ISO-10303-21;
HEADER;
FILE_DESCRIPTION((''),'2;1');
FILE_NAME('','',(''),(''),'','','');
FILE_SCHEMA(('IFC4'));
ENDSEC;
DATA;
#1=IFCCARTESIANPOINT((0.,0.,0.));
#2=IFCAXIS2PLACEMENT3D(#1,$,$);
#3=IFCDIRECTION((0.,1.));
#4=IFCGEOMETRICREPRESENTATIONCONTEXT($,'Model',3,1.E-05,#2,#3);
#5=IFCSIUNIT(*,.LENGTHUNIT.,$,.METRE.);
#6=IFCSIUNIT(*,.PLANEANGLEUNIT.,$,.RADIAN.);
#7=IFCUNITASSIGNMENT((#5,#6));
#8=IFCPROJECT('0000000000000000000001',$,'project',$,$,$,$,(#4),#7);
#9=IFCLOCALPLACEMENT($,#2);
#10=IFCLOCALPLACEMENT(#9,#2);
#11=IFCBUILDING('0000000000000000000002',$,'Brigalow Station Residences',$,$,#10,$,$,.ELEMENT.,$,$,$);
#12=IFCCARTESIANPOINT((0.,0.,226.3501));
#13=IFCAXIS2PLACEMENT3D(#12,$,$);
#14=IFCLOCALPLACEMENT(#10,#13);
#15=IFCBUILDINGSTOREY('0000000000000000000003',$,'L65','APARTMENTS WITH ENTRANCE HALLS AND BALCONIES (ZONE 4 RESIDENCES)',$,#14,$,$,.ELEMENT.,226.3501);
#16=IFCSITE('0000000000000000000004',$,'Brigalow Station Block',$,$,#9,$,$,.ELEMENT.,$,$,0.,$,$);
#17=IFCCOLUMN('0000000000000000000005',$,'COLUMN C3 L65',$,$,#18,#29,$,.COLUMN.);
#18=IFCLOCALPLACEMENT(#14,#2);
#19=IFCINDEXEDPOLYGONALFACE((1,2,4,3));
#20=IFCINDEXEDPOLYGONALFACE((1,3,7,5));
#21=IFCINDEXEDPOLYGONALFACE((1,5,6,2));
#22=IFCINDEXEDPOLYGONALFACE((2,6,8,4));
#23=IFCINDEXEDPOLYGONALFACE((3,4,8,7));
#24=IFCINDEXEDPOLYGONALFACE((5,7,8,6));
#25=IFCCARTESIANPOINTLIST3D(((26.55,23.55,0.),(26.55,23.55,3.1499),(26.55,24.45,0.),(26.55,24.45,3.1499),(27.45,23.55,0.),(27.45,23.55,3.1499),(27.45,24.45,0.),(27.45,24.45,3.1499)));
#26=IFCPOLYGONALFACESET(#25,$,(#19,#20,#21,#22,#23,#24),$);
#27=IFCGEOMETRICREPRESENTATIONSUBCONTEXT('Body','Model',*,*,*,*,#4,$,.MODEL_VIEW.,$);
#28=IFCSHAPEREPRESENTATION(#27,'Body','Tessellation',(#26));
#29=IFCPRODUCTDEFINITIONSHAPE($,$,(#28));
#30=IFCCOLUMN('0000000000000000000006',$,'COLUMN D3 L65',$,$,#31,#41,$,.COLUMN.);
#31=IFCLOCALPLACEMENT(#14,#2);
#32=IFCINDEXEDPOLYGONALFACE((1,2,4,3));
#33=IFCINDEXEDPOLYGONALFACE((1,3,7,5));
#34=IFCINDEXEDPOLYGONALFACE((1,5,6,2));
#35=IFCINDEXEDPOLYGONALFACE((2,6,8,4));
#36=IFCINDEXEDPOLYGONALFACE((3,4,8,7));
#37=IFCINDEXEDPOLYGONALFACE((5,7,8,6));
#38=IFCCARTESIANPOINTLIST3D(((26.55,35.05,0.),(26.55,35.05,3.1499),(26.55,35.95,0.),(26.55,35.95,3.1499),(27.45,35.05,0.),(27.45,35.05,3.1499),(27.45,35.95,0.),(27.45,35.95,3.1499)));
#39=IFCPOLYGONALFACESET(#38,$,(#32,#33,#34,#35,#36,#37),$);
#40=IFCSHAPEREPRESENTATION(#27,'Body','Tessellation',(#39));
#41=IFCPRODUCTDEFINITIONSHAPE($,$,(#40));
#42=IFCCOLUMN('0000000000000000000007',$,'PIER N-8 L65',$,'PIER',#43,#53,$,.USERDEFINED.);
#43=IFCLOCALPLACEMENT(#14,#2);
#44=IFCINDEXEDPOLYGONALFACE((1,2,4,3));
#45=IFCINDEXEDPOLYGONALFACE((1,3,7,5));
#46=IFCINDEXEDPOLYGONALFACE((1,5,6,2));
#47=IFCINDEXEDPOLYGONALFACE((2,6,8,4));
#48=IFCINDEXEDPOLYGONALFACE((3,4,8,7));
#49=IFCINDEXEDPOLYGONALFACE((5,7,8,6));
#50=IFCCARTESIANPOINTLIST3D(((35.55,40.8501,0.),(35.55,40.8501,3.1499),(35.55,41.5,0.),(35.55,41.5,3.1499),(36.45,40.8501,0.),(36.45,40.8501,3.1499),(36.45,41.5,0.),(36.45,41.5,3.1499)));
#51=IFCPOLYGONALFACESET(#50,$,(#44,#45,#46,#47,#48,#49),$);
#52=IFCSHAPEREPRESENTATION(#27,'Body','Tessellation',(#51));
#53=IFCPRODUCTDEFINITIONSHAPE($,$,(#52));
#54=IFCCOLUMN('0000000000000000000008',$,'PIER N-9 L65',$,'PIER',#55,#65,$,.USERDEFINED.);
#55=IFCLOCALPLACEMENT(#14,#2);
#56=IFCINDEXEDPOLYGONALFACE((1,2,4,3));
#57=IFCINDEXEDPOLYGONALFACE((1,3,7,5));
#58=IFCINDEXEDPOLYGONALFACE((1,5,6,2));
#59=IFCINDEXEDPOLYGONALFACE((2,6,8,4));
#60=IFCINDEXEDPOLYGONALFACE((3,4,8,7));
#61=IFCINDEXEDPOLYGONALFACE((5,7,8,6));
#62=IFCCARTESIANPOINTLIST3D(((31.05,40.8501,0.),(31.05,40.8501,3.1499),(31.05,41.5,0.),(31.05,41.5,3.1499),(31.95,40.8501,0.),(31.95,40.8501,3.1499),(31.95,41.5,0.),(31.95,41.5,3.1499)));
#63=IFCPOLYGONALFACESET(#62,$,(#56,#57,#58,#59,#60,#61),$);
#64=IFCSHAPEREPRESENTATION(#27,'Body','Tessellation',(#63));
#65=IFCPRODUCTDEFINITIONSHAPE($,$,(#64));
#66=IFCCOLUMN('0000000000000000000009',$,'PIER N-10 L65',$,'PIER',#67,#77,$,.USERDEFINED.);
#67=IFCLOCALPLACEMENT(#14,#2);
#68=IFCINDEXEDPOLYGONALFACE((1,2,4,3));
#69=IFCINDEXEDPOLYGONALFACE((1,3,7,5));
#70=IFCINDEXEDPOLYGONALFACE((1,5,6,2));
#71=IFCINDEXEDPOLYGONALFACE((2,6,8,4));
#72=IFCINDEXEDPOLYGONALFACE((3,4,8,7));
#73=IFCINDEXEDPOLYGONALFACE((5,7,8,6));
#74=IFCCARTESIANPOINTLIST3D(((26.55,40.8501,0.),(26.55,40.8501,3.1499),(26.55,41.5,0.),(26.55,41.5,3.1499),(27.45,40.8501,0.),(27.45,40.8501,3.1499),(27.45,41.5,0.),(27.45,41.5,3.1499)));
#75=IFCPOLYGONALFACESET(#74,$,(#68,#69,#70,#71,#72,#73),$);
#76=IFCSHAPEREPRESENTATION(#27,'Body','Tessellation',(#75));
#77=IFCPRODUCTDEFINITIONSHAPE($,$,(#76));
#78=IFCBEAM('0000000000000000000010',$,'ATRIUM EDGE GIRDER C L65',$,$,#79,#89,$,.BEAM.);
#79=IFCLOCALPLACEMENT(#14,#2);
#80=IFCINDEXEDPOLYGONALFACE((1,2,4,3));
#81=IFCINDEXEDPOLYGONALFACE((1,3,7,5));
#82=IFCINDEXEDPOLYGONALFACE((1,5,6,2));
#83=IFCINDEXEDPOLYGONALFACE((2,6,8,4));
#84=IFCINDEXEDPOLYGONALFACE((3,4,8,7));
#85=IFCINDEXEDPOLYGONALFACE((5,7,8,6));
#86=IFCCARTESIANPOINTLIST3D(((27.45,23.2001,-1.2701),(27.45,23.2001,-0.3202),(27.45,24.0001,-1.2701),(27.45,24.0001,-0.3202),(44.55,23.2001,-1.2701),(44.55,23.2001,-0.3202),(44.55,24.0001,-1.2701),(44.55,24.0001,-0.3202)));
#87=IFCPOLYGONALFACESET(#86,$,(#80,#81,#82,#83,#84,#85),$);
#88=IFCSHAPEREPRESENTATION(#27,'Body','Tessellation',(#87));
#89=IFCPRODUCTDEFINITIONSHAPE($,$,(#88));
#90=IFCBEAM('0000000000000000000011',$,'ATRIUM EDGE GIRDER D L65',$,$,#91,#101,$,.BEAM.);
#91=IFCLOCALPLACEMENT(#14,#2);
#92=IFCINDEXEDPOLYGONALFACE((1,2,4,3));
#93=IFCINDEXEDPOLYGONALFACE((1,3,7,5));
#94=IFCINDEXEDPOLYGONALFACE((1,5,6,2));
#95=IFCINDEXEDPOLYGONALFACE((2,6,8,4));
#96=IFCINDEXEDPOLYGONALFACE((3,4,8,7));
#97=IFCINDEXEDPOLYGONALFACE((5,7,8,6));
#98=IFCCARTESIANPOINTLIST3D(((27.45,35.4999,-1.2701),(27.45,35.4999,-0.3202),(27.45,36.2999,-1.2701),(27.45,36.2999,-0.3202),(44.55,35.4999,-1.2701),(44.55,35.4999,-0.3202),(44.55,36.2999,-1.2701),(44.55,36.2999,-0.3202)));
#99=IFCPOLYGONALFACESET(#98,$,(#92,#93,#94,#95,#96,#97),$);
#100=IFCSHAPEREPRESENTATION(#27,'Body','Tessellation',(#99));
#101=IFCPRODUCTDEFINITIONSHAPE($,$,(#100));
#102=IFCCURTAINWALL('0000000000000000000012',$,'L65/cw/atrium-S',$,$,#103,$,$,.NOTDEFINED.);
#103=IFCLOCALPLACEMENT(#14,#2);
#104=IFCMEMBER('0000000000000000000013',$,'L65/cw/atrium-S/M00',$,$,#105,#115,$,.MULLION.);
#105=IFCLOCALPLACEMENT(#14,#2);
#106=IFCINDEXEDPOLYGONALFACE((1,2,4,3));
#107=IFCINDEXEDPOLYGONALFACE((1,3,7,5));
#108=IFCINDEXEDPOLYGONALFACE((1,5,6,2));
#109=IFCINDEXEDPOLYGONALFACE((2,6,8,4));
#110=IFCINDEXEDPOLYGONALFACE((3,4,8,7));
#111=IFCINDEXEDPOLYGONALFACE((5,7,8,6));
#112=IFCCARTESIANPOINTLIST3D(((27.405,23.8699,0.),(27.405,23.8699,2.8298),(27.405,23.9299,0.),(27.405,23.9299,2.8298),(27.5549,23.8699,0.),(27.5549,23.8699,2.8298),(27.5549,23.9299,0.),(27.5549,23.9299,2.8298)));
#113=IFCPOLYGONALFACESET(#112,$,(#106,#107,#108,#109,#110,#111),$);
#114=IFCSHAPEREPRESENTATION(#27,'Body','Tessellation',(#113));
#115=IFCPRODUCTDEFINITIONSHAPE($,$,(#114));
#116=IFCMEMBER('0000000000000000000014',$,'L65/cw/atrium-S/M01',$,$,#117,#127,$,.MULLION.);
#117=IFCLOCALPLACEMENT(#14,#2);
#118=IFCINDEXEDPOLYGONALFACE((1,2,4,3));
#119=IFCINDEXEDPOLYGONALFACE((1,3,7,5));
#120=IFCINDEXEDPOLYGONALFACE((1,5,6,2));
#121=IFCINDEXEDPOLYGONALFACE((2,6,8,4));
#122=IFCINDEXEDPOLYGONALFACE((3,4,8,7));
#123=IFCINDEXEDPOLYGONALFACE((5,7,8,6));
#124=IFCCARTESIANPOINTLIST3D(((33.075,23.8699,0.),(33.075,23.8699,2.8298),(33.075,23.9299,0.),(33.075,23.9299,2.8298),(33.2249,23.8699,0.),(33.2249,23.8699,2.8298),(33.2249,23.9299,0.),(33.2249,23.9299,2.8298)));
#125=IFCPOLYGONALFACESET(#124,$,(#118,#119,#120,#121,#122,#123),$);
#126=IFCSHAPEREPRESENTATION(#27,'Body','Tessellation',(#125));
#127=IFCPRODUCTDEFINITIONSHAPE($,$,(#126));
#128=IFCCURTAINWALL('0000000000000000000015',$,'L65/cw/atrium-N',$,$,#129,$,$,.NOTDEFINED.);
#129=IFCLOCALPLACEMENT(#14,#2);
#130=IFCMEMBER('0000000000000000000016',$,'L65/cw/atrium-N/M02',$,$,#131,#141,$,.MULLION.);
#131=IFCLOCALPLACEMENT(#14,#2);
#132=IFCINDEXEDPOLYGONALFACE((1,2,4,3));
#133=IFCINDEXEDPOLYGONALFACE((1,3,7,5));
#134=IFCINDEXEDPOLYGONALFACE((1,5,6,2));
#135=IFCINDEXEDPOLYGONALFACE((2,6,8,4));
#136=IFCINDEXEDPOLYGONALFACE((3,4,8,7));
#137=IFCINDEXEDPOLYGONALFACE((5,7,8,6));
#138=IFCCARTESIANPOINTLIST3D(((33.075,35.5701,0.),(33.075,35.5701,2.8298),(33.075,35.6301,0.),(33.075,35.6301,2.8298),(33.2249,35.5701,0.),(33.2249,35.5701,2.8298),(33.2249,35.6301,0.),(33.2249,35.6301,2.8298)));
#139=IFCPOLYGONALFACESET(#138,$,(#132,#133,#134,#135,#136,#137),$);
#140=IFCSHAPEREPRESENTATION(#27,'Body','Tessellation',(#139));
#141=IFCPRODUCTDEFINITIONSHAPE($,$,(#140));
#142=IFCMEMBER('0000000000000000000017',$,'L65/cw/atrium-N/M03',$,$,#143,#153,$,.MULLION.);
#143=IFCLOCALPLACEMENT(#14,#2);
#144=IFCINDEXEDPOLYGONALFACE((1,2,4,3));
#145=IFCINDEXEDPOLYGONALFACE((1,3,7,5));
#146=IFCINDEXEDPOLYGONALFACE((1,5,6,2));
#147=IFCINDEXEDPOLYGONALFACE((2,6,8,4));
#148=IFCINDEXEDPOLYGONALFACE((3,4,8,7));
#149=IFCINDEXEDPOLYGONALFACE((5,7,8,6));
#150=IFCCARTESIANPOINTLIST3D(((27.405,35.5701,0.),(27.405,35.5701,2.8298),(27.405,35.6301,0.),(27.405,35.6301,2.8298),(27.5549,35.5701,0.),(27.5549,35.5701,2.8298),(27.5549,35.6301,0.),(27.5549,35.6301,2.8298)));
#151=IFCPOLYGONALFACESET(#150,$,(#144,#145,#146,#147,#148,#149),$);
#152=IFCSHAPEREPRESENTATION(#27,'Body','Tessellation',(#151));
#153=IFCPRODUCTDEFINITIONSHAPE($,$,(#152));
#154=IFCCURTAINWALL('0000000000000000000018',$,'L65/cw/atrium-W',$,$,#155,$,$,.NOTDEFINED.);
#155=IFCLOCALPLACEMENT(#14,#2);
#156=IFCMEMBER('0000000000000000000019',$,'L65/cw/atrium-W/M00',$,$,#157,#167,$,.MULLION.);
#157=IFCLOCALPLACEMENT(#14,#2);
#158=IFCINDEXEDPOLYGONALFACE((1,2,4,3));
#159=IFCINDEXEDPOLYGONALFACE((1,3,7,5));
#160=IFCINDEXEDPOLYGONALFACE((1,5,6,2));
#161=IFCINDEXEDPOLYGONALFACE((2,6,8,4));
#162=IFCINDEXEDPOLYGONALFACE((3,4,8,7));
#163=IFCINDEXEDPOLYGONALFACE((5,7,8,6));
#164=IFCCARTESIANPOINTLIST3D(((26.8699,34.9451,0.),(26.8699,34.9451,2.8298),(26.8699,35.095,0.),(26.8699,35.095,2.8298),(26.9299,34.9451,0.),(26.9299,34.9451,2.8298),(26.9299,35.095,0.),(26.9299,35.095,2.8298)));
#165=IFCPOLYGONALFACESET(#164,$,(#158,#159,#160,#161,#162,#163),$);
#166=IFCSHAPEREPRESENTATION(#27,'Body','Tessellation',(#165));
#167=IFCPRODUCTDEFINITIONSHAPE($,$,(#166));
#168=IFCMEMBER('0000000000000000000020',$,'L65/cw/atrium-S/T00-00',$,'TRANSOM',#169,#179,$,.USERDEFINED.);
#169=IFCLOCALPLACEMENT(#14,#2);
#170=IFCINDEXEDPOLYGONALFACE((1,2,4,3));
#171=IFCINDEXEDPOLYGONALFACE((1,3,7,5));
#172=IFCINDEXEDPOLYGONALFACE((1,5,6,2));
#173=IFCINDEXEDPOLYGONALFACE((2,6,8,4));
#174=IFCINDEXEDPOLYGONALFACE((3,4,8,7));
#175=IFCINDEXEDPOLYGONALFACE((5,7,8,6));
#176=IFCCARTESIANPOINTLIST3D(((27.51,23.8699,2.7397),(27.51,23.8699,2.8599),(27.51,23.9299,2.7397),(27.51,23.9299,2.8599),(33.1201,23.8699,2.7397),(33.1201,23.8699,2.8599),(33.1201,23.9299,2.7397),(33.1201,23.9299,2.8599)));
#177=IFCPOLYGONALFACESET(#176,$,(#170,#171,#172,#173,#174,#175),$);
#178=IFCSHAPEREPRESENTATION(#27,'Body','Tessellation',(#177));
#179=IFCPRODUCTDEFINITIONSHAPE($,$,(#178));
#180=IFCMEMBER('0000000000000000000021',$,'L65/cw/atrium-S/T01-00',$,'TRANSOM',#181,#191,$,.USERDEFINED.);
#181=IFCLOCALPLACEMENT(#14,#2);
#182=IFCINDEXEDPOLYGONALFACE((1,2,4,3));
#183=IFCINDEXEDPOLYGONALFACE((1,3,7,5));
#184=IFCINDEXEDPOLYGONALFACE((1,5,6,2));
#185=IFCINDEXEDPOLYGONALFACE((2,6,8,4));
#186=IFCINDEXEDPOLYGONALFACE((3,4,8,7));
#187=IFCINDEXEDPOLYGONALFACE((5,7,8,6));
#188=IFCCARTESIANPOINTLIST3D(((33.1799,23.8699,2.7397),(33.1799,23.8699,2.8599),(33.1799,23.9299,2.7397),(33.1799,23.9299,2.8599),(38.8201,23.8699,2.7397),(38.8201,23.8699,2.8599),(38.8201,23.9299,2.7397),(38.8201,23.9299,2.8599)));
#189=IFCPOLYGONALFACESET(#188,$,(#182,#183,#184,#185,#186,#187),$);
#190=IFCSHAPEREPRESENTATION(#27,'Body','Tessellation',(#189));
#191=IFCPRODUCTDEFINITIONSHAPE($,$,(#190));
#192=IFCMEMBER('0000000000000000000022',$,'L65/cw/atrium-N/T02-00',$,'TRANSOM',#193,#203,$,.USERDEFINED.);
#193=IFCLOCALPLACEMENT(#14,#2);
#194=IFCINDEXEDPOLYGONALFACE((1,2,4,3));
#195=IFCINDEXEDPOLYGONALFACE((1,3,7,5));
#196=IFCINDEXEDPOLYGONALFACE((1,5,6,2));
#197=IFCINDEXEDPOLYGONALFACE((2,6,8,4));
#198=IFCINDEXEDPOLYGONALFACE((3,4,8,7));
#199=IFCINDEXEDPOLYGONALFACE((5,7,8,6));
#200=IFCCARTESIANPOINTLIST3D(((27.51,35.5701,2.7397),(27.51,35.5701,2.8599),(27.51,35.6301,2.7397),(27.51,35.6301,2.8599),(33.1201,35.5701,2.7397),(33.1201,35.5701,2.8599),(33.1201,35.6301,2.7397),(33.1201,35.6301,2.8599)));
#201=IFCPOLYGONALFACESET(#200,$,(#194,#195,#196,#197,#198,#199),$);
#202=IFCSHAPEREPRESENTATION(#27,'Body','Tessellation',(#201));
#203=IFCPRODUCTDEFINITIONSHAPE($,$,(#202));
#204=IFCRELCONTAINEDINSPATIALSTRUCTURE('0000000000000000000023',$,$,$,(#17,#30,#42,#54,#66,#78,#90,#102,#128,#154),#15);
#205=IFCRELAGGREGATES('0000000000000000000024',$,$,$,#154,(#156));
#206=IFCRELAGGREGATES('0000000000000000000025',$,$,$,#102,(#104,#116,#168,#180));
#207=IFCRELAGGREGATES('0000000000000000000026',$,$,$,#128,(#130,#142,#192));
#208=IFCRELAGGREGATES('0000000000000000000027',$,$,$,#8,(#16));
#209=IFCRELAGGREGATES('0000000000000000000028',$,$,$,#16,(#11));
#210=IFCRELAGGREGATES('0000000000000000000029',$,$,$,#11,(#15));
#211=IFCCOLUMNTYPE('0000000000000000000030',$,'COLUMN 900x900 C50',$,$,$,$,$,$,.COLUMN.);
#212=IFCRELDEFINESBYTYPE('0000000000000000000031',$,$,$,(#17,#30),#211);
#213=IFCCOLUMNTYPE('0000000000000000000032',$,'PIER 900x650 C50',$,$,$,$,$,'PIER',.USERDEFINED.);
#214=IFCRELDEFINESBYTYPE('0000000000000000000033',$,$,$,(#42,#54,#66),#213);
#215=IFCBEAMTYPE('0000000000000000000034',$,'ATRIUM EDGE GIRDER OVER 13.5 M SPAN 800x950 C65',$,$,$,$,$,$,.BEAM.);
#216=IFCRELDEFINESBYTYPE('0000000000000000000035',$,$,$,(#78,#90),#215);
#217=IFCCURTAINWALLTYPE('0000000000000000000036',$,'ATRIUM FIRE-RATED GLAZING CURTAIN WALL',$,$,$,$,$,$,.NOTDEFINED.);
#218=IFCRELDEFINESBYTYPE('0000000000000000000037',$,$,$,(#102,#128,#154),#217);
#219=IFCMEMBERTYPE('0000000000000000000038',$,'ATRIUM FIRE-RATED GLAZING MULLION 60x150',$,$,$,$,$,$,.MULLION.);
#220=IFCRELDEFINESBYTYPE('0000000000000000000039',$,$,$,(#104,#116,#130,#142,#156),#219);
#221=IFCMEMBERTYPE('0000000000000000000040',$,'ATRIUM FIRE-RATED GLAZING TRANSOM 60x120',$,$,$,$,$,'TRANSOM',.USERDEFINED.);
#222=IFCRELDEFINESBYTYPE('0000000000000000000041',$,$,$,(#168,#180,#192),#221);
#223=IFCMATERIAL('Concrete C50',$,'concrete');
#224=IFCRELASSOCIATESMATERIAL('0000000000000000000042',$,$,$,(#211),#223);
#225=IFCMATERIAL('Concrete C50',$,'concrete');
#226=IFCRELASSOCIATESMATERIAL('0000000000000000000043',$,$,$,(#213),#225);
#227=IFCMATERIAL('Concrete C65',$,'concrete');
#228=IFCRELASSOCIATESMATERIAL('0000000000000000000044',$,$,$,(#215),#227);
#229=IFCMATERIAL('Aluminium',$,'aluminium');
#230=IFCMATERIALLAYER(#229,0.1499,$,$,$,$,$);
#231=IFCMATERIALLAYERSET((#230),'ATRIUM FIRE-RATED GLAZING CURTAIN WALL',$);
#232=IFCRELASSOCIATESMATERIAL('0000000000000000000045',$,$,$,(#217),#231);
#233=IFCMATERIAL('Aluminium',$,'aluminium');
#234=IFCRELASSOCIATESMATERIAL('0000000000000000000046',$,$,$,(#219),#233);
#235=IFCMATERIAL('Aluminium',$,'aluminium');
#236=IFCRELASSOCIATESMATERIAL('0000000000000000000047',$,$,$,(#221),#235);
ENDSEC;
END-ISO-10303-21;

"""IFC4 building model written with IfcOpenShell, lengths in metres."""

from ifc_helpers import new_model, si_unit, direction, frame, origin, origin_2d, place, context, subcontext, project, spatial, rectangle, extrude, material, layer, layer_set, material_profile, profile_set, type_object, element, aggregate, save


model = new_model("IFC4")

# Units and contexts
model_context = context("Model", 3, precision=1e-05, world=origin(), true_north=direction((0.0, 1.0)))
body_context = subcontext(model_context, "Body", "Model", "MODEL_VIEW")
ifc_project = project(units=[si_unit("LENGTHUNIT", "METRE"), si_unit("PLANEANGLEUNIT", "RADIAN")], contexts=[model_context])

# Site, building, storey
site_placement = place(None, origin())
site = spatial("IfcSite", under=ifc_project, at=site_placement, Name="Brigalow Station Block", CompositionType="ELEMENT", RefElevation=0.0)
building_placement = place(site_placement, origin())
building = spatial("IfcBuilding", under=site, at=building_placement, Name="Brigalow Station Residences", CompositionType="ELEMENT")
storey_placement = place(building_placement, frame((0.0, 0.0, 226.3501)))
storey = spatial("IfcBuildingStorey", under=building, at=storey_placement, Name="L65", Description="APARTMENTS WITH ENTRANCE HALLS AND BALCONIES (ZONE 4 RESIDENCES)", CompositionType="ELEMENT", Elevation=226.3501)

# Columns
ifc_material_1 = material(Name="Concrete C50", Category="concrete")
ifc_material_profile_1 = material_profile(ifc_material_1, rectangle(XDim=0.8999, YDim=0.8999, at=origin_2d()), Name="RC900x900")
ifc_profile_set_1 = profile_set([ifc_material_profile_1], Name="Concrete C50")
column_type_1 = type_object("IfcColumnType", Name="COLUMN 900x900 C50", PredefinedType="COLUMN", material=ifc_profile_set_1)
for number, where, z_axis, x_axis, name in (
    (1, (27.0, 24.0, 0.0), (0.0, 0.0, 1.0), (1.0, 0.0, 0.0), "COLUMN C3 L65"),
    (2, (27.0, 35.5, 0.0), (0.0, 0.0, 1.0), (1.0, 0.0, 0.0), "COLUMN D3 L65"),
):
    element("IfcColumn", number, at=place(storey_placement, frame(where, z_axis=z_axis, x_axis=x_axis)), inside=storey, type_object=column_type_1, Name=name, PredefinedType="COLUMN", context=body_context, shape_type="SweptSolid", body=[
        extrude(rectangle(XDim=0.8999, YDim=0.8999, at=origin_2d()), origin(), (0.0, 0.0, 1.0), 3.1499),
    ])
ifc_material_2 = material(Name="Concrete C50", Category="concrete")
ifc_material_profile_2 = material_profile(ifc_material_2, rectangle(XDim=0.8999, YDim=0.6499, at=origin_2d()), Name="RC900x650")
ifc_profile_set_2 = profile_set([ifc_material_profile_2], Name="Concrete C50")
column_type_2 = type_object("IfcColumnType", Name="PIER 900x650 C50", ElementType="PIER", PredefinedType="USERDEFINED", material=ifc_profile_set_2)
for number, where, z_axis, x_axis, name in (
    (3, (36.0, 41.175, 0.0), (0.0, 0.0, 1.0), (-1.0, 0.0, 0.0), "PIER N-8 L65"),
    (4, (31.5, 41.175, 0.0), (0.0, 0.0, 1.0), (-1.0, 0.0, 0.0), "PIER N-9 L65"),
    (5, (27.0, 41.175, 0.0), (0.0, 0.0, 1.0), (-1.0, 0.0, 0.0), "PIER N-10 L65"),
):
    element("IfcColumn", number, at=place(storey_placement, frame(where, z_axis=z_axis, x_axis=x_axis)), inside=storey, type_object=column_type_2, Name=name, ObjectType="PIER", PredefinedType="USERDEFINED", context=body_context, shape_type="SweptSolid", body=[
        extrude(rectangle(XDim=0.8999, YDim=0.6499, at=origin_2d()), origin(), (0.0, 0.0, 1.0), 3.1499),
    ])

# Beams
ifc_material_3 = material(Name="Concrete C65", Category="concrete")
ifc_material_profile_3 = material_profile(ifc_material_3, rectangle(XDim=0.8, YDim=0.95, at=origin_2d()), Name="RC800x950")
ifc_profile_set_3 = profile_set([ifc_material_profile_3], Name="Concrete C65")
beam_type = type_object("IfcBeamType", Name="ATRIUM EDGE GIRDER OVER 13.5 M SPAN 800x950 C65", PredefinedType="BEAM", material=ifc_profile_set_3)
for number, where, z_axis, x_axis, name in (
    (6, (27.45, 23.6001, -0.7952), (1.0, 0.0, 0.0), (0.0, 1.0, 0.0), "ATRIUM EDGE GIRDER C L65"),
    (7, (27.45, 35.8999, -0.7952), (1.0, 0.0, 0.0), (0.0, 1.0, 0.0), "ATRIUM EDGE GIRDER D L65"),
):
    element("IfcBeam", number, at=place(storey_placement, frame(where, z_axis=z_axis, x_axis=x_axis)), inside=storey, type_object=beam_type, Name=name, PredefinedType="BEAM", context=body_context, shape_type="SweptSolid", body=[
        extrude(rectangle(XDim=0.8, YDim=0.95, at=origin_2d()), origin(), (0.0, 0.0, 1.0), 17.1001),
    ])

# Curtain walls, members
ifc_material_4 = material(Name="Aluminium", Category="aluminium")
ifc_layer_1 = layer(ifc_material_4, 0.1499)
ifc_layer_set_1 = layer_set([ifc_layer_1], Name="ATRIUM FIRE-RATED GLAZING CURTAIN WALL")
curtain_wall_type = type_object("IfcCurtainWallType", Name="ATRIUM FIRE-RATED GLAZING CURTAIN WALL", PredefinedType="NOTDEFINED", material=ifc_layer_set_1)
curtain_wall_1_placement = place(storey_placement, origin())
curtain_wall_1 = element("IfcCurtainWall", 8, at=curtain_wall_1_placement, inside=storey, type_object=curtain_wall_type, Name="L65/cw/atrium-S", PredefinedType="NOTDEFINED")
ifc_material_5 = material(Name="Aluminium", Category="aluminium")
ifc_material_profile_4 = material_profile(ifc_material_5, rectangle(XDim=0.0601, YDim=0.1499, at=origin_2d()), Name="ATRIUM FIRE-RATED GLAZING MULLION 60x150")
ifc_profile_set_4 = profile_set([ifc_material_profile_4], Name="Aluminium")
member_type_1 = type_object("IfcMemberType", Name="ATRIUM FIRE-RATED GLAZING MULLION 60x150", PredefinedType="MULLION", material=ifc_profile_set_4)
member_1_placement = place(storey_placement, frame((27.48, 23.8999, 0.0), z_axis=(0.0, 0.0, 1.0), x_axis=(0.0, 1.0, 0.0)))
member_1 = element("IfcMember", 9, at=member_1_placement, type_object=member_type_1, Name="L65/cw/atrium-S/M00", PredefinedType="MULLION", context=body_context, shape_type="SweptSolid", body=[
    extrude(rectangle(XDim=0.0601, YDim=0.1499, at=origin_2d()), origin(), (0.0, 0.0, 1.0), 2.8298),
])
member_2_placement = place(storey_placement, frame((33.1499, 23.8999, 0.0), z_axis=(0.0, 0.0, 1.0), x_axis=(0.0, 1.0, 0.0)))
member_2 = element("IfcMember", 10, at=member_2_placement, type_object=member_type_1, Name="L65/cw/atrium-S/M01", PredefinedType="MULLION", context=body_context, shape_type="SweptSolid", body=[
    extrude(rectangle(XDim=0.0601, YDim=0.1499, at=origin_2d()), origin(), (0.0, 0.0, 1.0), 2.8298),
])
curtain_wall_2_placement = place(storey_placement, origin())
curtain_wall_2 = element("IfcCurtainWall", 11, at=curtain_wall_2_placement, inside=storey, type_object=curtain_wall_type, Name="L65/cw/atrium-N", PredefinedType="NOTDEFINED")
member_3_placement = place(storey_placement, frame((33.1499, 35.6001, 0.0), z_axis=(0.0, 0.0, 1.0), x_axis=(0.0, -1.0, 0.0)))
member_3 = element("IfcMember", 12, at=member_3_placement, type_object=member_type_1, Name="L65/cw/atrium-N/M02", PredefinedType="MULLION", context=body_context, shape_type="SweptSolid", body=[
    extrude(rectangle(XDim=0.0601, YDim=0.1499, at=origin_2d()), origin(), (0.0, 0.0, 1.0), 2.8298),
])
member_4_placement = place(storey_placement, frame((27.48, 35.6001, 0.0), z_axis=(0.0, 0.0, 1.0), x_axis=(0.0, -1.0, 0.0)))
member_4 = element("IfcMember", 13, at=member_4_placement, type_object=member_type_1, Name="L65/cw/atrium-N/M03", PredefinedType="MULLION", context=body_context, shape_type="SweptSolid", body=[
    extrude(rectangle(XDim=0.0601, YDim=0.1499, at=origin_2d()), origin(), (0.0, 0.0, 1.0), 2.8298),
])

# Curtain wall, member
curtain_wall_3_placement = place(storey_placement, origin())
curtain_wall_3 = element("IfcCurtainWall", 14, at=curtain_wall_3_placement, inside=storey, type_object=curtain_wall_type, Name="L65/cw/atrium-W", PredefinedType="NOTDEFINED")
member_5_placement = place(storey_placement, frame((26.8999, 35.02, 0.0), z_axis=(0.0, 0.0, 1.0), x_axis=(1.0, 0.0, 0.0)))
member_5 = element("IfcMember", 15, at=member_5_placement, type_object=member_type_1, Name="L65/cw/atrium-W/M00", PredefinedType="MULLION", context=body_context, shape_type="SweptSolid", body=[
    extrude(rectangle(XDim=0.0601, YDim=0.1499, at=origin_2d()), origin(), (0.0, 0.0, 1.0), 2.8298),
])
aggregate(curtain_wall_3, [member_5])

# Members
ifc_material_6 = material(Name="Aluminium", Category="aluminium")
ifc_material_profile_5 = material_profile(ifc_material_6, rectangle(XDim=0.0601, YDim=0.1201, at=origin_2d()), Name="ATRIUM FIRE-RATED GLAZING TRANSOM 60x120")
ifc_profile_set_5 = profile_set([ifc_material_profile_5], Name="Aluminium")
member_type_2 = type_object("IfcMemberType", Name="ATRIUM FIRE-RATED GLAZING TRANSOM 60x120", ElementType="TRANSOM", PredefinedType="USERDEFINED", material=ifc_profile_set_5)
member_6_placement = place(storey_placement, frame((27.51, 23.8999, 2.7998), z_axis=(1.0, 0.0, 0.0), x_axis=(0.0, 1.0, 0.0)))
member_6 = element("IfcMember", 16, at=member_6_placement, type_object=member_type_2, Name="L65/cw/atrium-S/T00-00", ObjectType="TRANSOM", PredefinedType="USERDEFINED", context=body_context, shape_type="SweptSolid", body=[
    extrude(rectangle(XDim=0.0601, YDim=0.1201, at=origin_2d()), origin(), (0.0, 0.0, 1.0), 5.6101),
])
member_7_placement = place(storey_placement, frame((33.1799, 23.8999, 2.7998), z_axis=(1.0, 0.0, 0.0), x_axis=(0.0, 1.0, 0.0)))
member_7 = element("IfcMember", 17, at=member_7_placement, type_object=member_type_2, Name="L65/cw/atrium-S/T01-00", ObjectType="TRANSOM", PredefinedType="USERDEFINED", context=body_context, shape_type="SweptSolid", body=[
    extrude(rectangle(XDim=0.0601, YDim=0.1201, at=origin_2d()), origin(), (0.0, 0.0, 1.0), 5.6401),
])
member_8_placement = place(storey_placement, frame((33.1201, 35.6001, 2.7998), z_axis=(-1.0, 0.0, 0.0), x_axis=(0.0, -1.0, 0.0)))
member_8 = element("IfcMember", 18, at=member_8_placement, type_object=member_type_2, Name="L65/cw/atrium-N/T02-00", ObjectType="TRANSOM", PredefinedType="USERDEFINED", context=body_context, shape_type="SweptSolid", body=[
    extrude(rectangle(XDim=0.0601, YDim=0.1201, at=origin_2d()), origin(), (0.0, 0.0, 1.0), 5.6101),
])

aggregate(curtain_wall_1, [member_1, member_2, member_6, member_7])
aggregate(curtain_wall_2, [member_3, member_4, member_8])

save(model, "model.ifc")
